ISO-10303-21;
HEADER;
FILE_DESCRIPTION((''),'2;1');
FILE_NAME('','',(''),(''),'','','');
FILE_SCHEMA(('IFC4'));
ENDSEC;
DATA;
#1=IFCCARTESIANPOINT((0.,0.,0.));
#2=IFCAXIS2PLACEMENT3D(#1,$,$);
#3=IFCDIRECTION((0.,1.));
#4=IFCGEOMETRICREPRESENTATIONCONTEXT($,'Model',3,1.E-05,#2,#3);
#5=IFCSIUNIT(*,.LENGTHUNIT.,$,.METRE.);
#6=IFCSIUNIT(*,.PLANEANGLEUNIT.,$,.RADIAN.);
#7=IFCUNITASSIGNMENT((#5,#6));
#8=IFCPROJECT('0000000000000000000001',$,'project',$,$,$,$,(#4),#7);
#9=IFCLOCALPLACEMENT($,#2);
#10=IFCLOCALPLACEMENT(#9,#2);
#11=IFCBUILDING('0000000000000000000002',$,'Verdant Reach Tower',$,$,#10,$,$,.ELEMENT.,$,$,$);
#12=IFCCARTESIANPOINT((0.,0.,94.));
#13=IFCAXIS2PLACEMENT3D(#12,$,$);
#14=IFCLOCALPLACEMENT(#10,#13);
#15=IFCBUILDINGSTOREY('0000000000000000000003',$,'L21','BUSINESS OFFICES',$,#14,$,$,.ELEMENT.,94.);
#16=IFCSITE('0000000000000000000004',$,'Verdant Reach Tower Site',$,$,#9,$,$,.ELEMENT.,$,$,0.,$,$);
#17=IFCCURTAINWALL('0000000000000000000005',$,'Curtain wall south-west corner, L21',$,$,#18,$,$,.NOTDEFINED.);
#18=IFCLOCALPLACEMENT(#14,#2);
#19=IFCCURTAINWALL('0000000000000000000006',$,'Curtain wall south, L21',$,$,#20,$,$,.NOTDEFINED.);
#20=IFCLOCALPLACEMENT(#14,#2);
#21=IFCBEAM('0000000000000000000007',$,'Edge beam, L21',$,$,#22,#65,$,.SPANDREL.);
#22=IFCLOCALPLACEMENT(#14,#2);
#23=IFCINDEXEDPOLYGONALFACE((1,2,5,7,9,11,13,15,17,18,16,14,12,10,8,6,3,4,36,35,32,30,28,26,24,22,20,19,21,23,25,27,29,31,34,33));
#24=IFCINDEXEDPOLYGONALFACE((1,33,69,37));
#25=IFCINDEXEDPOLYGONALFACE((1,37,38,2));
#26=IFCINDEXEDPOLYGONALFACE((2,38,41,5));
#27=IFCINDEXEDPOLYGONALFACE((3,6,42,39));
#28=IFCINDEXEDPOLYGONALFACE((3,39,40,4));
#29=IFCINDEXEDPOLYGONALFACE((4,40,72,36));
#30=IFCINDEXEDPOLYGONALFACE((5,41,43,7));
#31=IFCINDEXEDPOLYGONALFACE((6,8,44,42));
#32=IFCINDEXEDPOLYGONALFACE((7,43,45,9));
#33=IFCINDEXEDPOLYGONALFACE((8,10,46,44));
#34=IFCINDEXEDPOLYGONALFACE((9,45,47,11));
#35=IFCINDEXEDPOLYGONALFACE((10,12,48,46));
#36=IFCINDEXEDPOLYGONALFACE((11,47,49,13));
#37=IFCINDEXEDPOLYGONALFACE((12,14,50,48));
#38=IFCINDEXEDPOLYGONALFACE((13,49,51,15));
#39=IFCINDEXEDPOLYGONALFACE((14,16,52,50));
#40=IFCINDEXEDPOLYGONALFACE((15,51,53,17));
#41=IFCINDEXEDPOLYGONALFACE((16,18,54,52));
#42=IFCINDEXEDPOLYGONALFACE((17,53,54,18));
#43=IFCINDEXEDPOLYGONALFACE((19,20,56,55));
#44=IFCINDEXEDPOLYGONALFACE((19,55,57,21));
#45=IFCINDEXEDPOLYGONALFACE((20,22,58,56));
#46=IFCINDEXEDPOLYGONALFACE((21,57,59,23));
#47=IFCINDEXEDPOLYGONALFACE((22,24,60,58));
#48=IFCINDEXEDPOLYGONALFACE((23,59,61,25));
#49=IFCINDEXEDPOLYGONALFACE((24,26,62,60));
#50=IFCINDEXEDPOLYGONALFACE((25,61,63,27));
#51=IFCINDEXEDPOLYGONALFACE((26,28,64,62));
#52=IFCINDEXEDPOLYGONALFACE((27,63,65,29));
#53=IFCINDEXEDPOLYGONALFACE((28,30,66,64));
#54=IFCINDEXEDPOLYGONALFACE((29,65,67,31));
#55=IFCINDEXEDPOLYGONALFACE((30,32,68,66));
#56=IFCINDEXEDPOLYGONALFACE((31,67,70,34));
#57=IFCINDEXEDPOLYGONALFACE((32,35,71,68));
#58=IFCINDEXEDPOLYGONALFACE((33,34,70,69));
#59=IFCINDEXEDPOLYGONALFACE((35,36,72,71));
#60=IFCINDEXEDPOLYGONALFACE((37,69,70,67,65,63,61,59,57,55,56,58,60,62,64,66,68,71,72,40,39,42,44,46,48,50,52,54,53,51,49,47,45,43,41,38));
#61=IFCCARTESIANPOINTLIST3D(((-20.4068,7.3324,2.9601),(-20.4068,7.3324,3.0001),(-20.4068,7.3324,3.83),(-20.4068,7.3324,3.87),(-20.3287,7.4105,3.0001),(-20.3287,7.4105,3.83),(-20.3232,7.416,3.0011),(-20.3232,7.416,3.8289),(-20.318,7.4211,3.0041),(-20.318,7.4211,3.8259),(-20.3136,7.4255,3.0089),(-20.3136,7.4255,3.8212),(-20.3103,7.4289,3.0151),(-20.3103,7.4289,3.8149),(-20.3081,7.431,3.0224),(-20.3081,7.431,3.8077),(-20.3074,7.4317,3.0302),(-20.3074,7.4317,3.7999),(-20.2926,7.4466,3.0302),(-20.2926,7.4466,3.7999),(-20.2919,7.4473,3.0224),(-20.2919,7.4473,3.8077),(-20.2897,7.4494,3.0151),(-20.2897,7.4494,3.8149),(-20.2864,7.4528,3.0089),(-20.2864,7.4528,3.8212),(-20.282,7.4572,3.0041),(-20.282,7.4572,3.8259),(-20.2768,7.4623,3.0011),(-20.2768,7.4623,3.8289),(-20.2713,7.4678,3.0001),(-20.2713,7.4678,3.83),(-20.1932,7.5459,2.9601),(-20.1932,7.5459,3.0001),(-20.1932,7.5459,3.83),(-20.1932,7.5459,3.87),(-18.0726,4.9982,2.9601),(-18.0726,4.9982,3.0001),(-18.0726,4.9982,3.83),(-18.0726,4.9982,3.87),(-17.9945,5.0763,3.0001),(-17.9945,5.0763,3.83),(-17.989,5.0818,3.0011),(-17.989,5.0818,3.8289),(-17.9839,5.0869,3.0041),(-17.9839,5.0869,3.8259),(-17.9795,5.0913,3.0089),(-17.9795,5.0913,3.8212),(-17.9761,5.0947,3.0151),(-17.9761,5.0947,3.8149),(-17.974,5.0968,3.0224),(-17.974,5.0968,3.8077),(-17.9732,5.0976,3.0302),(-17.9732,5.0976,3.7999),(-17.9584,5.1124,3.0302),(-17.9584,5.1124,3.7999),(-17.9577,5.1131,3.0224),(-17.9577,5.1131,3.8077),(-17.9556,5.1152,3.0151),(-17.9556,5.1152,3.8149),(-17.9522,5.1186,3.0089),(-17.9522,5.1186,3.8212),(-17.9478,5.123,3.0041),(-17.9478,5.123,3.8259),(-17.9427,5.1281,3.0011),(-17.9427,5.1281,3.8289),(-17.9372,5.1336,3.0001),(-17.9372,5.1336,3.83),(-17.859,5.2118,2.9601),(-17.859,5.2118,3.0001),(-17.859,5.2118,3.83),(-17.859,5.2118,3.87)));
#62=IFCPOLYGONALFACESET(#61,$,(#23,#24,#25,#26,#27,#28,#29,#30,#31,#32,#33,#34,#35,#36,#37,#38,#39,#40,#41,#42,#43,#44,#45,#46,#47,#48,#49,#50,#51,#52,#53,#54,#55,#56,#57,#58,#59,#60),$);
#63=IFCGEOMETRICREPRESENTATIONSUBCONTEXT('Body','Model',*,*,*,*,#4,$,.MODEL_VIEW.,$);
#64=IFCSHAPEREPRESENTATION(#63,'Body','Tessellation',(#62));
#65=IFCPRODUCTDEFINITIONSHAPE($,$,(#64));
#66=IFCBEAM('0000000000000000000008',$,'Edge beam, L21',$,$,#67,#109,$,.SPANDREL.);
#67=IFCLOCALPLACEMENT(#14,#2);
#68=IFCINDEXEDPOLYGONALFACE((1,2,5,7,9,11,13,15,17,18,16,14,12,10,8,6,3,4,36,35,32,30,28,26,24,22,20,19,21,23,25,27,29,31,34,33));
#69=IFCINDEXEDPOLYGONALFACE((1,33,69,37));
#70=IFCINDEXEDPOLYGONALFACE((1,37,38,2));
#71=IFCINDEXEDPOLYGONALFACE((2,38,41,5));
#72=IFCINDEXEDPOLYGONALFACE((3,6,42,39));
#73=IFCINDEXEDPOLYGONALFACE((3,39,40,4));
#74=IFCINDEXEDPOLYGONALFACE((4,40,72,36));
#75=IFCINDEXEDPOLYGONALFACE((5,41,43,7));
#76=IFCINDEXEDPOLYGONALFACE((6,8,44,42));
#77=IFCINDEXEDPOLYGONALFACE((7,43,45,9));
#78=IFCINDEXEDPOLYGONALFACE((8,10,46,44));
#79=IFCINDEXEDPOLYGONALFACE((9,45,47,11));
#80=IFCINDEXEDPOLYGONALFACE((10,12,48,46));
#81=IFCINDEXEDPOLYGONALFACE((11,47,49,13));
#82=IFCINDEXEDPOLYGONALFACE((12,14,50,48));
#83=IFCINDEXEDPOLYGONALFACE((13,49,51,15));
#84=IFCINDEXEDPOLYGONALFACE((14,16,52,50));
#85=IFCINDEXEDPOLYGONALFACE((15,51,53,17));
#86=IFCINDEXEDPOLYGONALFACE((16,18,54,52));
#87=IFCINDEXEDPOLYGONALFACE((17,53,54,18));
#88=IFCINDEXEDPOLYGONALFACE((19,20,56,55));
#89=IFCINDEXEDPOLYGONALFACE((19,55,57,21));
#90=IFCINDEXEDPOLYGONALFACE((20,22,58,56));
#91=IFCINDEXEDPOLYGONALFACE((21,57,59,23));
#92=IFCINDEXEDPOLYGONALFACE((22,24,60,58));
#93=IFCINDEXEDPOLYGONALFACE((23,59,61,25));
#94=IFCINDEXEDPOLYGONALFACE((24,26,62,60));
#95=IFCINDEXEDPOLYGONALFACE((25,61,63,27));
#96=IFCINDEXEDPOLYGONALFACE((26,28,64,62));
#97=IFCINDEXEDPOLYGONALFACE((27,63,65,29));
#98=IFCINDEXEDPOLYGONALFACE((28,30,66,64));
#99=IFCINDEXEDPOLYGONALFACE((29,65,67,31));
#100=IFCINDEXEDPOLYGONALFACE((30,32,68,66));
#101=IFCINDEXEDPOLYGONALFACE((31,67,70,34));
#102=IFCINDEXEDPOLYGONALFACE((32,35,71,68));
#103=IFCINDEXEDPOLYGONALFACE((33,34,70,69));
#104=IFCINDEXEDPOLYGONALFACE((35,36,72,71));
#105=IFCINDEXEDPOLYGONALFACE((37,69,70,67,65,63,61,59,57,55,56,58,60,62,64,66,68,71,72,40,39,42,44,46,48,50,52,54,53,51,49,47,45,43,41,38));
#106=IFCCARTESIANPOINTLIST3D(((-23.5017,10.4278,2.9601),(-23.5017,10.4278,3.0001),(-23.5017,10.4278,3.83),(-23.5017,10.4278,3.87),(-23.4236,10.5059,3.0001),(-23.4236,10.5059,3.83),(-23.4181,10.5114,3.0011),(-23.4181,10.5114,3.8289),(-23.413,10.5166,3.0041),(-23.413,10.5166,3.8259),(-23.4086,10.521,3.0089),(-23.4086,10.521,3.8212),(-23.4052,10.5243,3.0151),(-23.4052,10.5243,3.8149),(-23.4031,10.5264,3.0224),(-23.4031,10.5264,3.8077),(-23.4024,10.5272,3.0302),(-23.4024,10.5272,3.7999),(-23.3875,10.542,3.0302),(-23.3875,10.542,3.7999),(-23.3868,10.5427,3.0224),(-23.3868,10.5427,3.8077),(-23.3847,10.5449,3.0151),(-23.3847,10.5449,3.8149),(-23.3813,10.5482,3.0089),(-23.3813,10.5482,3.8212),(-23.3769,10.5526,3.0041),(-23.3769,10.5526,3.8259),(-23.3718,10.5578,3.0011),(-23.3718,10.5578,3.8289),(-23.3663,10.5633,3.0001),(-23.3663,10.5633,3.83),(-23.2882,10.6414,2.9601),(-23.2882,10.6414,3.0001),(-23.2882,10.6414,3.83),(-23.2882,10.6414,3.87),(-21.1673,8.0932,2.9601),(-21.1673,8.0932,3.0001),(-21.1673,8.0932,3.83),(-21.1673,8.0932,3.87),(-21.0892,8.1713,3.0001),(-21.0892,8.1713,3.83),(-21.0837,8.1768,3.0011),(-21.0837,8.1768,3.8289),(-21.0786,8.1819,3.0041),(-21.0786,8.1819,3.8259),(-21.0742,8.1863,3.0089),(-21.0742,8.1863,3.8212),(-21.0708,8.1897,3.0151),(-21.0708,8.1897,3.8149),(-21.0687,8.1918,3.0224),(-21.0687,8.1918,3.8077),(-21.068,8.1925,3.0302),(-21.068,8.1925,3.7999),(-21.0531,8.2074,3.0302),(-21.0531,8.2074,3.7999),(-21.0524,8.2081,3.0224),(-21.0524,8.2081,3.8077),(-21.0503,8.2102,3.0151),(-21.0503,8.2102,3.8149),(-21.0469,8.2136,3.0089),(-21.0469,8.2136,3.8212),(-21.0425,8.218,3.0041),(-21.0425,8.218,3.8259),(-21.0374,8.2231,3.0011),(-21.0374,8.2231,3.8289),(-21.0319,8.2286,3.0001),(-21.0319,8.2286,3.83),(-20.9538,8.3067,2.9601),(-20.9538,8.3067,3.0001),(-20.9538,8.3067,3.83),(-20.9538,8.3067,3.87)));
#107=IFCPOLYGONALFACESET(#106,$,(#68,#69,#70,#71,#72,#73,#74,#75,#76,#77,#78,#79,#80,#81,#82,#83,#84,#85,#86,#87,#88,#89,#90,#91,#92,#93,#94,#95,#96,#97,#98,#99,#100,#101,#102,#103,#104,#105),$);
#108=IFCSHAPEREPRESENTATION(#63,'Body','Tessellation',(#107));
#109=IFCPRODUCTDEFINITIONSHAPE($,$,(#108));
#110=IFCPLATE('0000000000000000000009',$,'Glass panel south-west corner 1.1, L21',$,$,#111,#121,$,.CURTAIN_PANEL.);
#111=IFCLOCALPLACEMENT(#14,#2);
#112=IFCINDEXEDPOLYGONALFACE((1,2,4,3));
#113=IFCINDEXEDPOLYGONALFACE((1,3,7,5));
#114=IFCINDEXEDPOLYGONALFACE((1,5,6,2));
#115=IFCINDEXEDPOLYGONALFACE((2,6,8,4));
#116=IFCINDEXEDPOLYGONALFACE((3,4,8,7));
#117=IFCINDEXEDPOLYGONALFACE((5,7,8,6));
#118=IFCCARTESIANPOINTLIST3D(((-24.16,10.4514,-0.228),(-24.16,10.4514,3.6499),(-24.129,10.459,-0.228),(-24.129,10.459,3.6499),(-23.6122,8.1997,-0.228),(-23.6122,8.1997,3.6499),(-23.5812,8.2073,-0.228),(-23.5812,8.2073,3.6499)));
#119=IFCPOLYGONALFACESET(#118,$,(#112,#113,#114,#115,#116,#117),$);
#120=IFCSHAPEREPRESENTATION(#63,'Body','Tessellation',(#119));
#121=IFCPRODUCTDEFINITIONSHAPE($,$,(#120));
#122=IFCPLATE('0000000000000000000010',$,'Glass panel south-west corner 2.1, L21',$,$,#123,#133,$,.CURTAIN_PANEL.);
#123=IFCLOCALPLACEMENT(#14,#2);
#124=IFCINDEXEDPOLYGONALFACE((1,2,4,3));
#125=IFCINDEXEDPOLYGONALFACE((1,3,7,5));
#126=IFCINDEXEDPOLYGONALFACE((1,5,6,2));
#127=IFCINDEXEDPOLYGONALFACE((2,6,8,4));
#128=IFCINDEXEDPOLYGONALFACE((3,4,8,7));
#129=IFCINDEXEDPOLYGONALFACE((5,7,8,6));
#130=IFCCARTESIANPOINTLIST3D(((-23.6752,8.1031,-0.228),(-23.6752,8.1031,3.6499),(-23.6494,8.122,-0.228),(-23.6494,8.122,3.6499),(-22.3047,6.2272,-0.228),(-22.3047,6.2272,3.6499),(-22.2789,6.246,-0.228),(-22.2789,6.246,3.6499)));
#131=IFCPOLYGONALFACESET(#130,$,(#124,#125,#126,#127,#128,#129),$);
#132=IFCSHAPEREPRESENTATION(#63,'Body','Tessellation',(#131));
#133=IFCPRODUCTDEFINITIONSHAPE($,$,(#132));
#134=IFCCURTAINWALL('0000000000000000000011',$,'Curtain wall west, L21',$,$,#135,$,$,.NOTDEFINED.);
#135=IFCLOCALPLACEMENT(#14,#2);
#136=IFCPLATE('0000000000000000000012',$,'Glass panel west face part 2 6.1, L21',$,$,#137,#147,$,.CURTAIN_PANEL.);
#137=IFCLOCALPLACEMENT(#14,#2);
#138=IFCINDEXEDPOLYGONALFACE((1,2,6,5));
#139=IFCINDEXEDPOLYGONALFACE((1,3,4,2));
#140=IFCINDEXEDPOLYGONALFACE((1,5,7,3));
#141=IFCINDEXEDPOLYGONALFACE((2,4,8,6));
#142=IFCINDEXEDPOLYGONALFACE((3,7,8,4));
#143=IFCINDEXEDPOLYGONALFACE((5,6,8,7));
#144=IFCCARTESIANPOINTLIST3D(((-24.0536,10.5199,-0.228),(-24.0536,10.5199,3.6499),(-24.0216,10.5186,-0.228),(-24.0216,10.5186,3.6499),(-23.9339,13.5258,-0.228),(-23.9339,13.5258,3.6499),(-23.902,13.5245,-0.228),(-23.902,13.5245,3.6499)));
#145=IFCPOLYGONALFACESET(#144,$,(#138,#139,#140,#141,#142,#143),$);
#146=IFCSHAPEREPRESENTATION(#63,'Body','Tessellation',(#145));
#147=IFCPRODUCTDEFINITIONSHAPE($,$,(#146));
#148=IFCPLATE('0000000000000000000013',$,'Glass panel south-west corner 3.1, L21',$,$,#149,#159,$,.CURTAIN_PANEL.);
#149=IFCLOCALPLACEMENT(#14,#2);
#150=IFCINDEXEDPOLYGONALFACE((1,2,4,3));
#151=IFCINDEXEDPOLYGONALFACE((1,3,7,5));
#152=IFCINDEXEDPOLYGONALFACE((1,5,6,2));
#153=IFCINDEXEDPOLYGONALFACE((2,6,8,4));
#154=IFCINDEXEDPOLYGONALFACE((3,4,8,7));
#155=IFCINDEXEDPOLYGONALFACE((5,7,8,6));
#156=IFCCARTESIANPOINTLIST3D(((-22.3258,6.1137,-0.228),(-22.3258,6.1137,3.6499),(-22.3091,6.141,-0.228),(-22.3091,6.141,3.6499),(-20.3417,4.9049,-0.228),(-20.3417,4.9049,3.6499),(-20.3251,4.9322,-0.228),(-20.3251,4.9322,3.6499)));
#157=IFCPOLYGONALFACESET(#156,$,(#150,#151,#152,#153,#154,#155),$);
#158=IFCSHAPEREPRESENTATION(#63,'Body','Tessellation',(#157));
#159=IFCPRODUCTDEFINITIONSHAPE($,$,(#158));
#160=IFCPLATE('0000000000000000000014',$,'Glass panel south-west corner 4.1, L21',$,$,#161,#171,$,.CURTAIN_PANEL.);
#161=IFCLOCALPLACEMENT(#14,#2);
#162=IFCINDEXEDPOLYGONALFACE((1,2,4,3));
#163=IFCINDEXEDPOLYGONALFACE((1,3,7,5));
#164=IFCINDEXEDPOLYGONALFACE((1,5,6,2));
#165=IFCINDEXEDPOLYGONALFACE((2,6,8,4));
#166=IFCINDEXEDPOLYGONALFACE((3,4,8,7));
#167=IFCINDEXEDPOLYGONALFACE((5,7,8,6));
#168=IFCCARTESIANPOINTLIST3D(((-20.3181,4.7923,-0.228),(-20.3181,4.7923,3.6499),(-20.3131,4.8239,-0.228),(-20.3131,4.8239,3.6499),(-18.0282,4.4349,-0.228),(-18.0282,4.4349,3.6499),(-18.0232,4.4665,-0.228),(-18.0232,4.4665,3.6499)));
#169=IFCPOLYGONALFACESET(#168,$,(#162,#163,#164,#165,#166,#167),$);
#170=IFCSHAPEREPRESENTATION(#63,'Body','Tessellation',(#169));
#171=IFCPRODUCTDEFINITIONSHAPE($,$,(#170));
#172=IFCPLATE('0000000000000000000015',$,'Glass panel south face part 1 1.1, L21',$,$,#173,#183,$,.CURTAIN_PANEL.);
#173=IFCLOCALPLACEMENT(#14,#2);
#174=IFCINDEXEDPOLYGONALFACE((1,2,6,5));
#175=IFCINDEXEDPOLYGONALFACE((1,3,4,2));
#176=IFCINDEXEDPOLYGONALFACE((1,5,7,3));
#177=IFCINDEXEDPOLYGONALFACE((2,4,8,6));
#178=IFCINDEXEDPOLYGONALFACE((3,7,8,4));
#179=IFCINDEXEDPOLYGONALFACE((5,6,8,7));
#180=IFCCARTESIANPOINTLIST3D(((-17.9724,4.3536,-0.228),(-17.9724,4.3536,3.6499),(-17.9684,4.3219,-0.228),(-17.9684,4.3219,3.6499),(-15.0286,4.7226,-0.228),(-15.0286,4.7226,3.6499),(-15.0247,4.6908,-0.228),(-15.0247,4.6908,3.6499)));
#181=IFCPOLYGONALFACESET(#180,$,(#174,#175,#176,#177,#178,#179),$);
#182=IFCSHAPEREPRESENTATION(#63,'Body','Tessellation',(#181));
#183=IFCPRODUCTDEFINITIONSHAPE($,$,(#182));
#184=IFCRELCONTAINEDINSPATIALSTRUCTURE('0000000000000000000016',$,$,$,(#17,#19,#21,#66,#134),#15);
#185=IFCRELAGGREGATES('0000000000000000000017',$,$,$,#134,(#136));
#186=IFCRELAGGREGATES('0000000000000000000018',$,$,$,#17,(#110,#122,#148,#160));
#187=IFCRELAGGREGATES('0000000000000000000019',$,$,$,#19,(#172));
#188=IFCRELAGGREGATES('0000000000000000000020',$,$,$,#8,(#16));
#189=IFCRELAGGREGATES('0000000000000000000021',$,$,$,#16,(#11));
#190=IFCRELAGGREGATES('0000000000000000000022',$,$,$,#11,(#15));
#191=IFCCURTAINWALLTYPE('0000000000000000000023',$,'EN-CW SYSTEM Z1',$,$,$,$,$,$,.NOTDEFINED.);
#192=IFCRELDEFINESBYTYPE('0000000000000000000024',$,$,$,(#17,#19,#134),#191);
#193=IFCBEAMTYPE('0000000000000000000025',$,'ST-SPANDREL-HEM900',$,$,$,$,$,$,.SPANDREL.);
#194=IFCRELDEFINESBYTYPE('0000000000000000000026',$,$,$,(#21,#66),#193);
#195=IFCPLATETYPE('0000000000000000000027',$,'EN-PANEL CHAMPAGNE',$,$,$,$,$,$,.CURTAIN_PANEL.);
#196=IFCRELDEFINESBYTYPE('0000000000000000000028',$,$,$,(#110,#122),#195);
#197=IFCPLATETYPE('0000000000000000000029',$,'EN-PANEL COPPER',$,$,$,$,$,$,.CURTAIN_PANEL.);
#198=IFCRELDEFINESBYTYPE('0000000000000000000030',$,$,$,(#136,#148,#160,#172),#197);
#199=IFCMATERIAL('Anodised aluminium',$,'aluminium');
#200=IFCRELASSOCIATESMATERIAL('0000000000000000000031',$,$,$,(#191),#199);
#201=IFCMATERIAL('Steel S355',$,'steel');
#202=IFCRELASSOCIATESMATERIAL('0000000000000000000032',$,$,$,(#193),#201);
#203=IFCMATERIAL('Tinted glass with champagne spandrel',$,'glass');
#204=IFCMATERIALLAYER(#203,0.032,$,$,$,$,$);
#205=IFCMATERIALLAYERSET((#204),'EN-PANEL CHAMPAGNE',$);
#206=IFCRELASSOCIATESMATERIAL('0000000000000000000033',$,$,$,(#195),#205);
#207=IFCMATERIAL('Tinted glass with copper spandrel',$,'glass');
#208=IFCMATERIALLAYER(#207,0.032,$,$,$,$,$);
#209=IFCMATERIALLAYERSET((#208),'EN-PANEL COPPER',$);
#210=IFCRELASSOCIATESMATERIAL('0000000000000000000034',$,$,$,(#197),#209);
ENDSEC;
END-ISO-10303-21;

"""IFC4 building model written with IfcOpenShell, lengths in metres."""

from ifc_helpers import new_model, si_unit, direction, frame, origin, origin_2d, place, context, subcontext, project, spatial, rectangle, i_section, extrude, material, layer, layer_set, material_profile, profile_set, type_object, element, aggregate, save


model = new_model("IFC4")

# Units and contexts
model_context = context("Model", 3, precision=1e-05, world=origin(), true_north=direction((0.0, 1.0)))
body_context = subcontext(model_context, "Body", "Model", "MODEL_VIEW")
ifc_project = project(units=[si_unit("LENGTHUNIT", "METRE"), si_unit("PLANEANGLEUNIT", "RADIAN")], contexts=[model_context])

# Site, building, storey
site_placement = place(None, origin())
site = spatial("IfcSite", under=ifc_project, at=site_placement, Name="Verdant Reach Tower Site", CompositionType="ELEMENT", RefElevation=0.0)
building_placement = place(site_placement, origin())
building = spatial("IfcBuilding", under=site, at=building_placement, Name="Verdant Reach Tower", CompositionType="ELEMENT")
storey_placement = place(building_placement, frame((0.0, 0.0, 94.0)))
storey = spatial("IfcBuildingStorey", under=building, at=storey_placement, Name="L21", Description="BUSINESS OFFICES", CompositionType="ELEMENT", Elevation=94.0)

# Curtain walls
ifc_material_1 = material(Name="Anodised aluminium", Category="aluminium")
curtain_wall_type = type_object("IfcCurtainWallType", Name="EN-CW SYSTEM Z1", PredefinedType="NOTDEFINED", material=ifc_material_1)
curtain_wall_1_placement = place(storey_placement, origin())
curtain_wall_1 = element("IfcCurtainWall", 1, at=curtain_wall_1_placement, inside=storey, type_object=curtain_wall_type, Name="Curtain wall south-west corner, L21", PredefinedType="NOTDEFINED")
curtain_wall_2_placement = place(storey_placement, origin())
curtain_wall_2 = element("IfcCurtainWall", 2, at=curtain_wall_2_placement, inside=storey, type_object=curtain_wall_type, Name="Curtain wall south, L21", PredefinedType="NOTDEFINED")

# Beams
ifc_material_2 = material(Name="Steel S355", Category="steel")
ifc_material_profile_1 = material_profile(ifc_material_2, i_section(OverallWidth=0.302, OverallDepth=0.9099, WebThickness=0.021, FlangeThickness=0.04, FilletRadius=0.03, at=origin_2d()), Name="HEM 900")
ifc_profile_set_1 = profile_set([ifc_material_profile_1], Name="Steel S355")
beam_type_1 = type_object("IfcBeamType", Name="ST-SPANDREL-HEM900", PredefinedType="SPANDREL", material=ifc_profile_set_1)
beam_1_placement = place(storey_placement, frame((-17.9658, 5.105, 3.415), z_axis=(-0.707107, 0.707107, 0.0), x_axis=(-0.707107, -0.707107, 0.0)))
element("IfcBeam", 3, at=beam_1_placement, inside=storey, type_object=beam_type_1, Name="Edge beam, L21", PredefinedType="SPANDREL", context=body_context, shape_type="SweptSolid", body=[
    extrude(i_section(OverallWidth=0.302, OverallDepth=0.9099, WebThickness=0.021, FlangeThickness=0.04, FilletRadius=0.03, at=origin_2d()), origin(), (0.0, 0.0, 1.0), 3.301),
])
beam_2_placement = place(storey_placement, frame((-21.0605, 8.2, 3.415), z_axis=(-0.70707, 0.707144, 0.0), x_axis=(-0.707144, -0.70707, 0.0)))
element("IfcBeam", 4, at=beam_2_placement, inside=storey, type_object=beam_type_1, Name="Edge beam, L21", PredefinedType="SPANDREL", context=body_context, shape_type="SweptSolid", body=[
    extrude(i_section(OverallWidth=0.302, OverallDepth=0.9099, WebThickness=0.021, FlangeThickness=0.04, FilletRadius=0.03, at=origin_2d()), origin(), (0.0, 0.0, 1.0), 3.3015),
])

# Plates
ifc_material_3 = material(Name="Tinted glass with champagne spandrel", Category="glass")
ifc_layer_1 = layer(ifc_material_3, 0.032)
ifc_layer_set_1 = layer_set([ifc_layer_1], Name="EN-PANEL CHAMPAGNE")
plate_type_1 = type_object("IfcPlateType", Name="EN-PANEL CHAMPAGNE", PredefinedType="CURTAIN_PANEL", material=ifc_layer_set_1)
plate_1_placement = place(storey_placement, frame((-23.8706, 9.3293, -0.228), z_axis=(0.0, 0.0, 1.0), x_axis=(0.236383, -0.97166, 0.0)))
plate_1 = element("IfcPlate", 5, at=plate_1_placement, type_object=plate_type_1, Name="Glass panel south-west corner 1.1, L21", PredefinedType="CURTAIN_PANEL", context=body_context, shape_type="SweptSolid", body=[
    extrude(rectangle(XDim=2.3174, YDim=0.032, at=origin_2d()), origin(), (0.0, 0.0, 1.0), 3.8779),
])
plate_2_placement = place(storey_placement, frame((-22.9771, 7.1746, -0.228), z_axis=(0.0, 0.0, 1.0), x_axis=(0.589927, -0.807457, 0.0)))
plate_2 = element("IfcPlate", 6, at=plate_2_placement, type_object=plate_type_1, Name="Glass panel south-west corner 2.1, L21", PredefinedType="CURTAIN_PANEL", context=body_context, shape_type="SweptSolid", body=[
    extrude(rectangle(XDim=2.3232, YDim=0.032, at=origin_2d()), origin(), (0.0, 0.0, 1.0), 3.8779),
])

# Curtain wall, plate
curtain_wall_3_placement = place(storey_placement, origin())
curtain_wall_3 = element("IfcCurtainWall", 7, at=curtain_wall_3_placement, inside=storey, type_object=curtain_wall_type, Name="Curtain wall west, L21", PredefinedType="NOTDEFINED")
ifc_material_4 = material(Name="Tinted glass with copper spandrel", Category="glass")
ifc_layer_2 = layer(ifc_material_4, 0.032)
ifc_layer_set_2 = layer_set([ifc_layer_2], Name="EN-PANEL COPPER")
plate_type_2 = type_object("IfcPlateType", Name="EN-PANEL COPPER", PredefinedType="CURTAIN_PANEL", material=ifc_layer_set_2)
plate_3_placement = place(storey_placement, frame((-23.9778, 12.0222, -0.228), z_axis=(0.0, 0.0, 1.0), x_axis=(-0.039784, -0.999208, 0.0)))
plate_3 = element("IfcPlate", 8, at=plate_3_placement, type_object=plate_type_2, Name="Glass panel west face part 2 6.1, L21", PredefinedType="CURTAIN_PANEL", context=body_context, shape_type="SweptSolid", body=[
    extrude(rectangle(XDim=3.0083, YDim=0.032, at=origin_2d()), origin(), (0.0, 0.0, 1.0), 3.8779),
])
aggregate(curtain_wall_3, [plate_3])

# Plates
plate_4_placement = place(storey_placement, frame((-21.3254, 5.5229, -0.228), z_axis=(0.0, 0.0, 1.0), x_axis=(0.853989, -0.520292, 0.0)))
plate_4 = element("IfcPlate", 9, at=plate_4_placement, type_object=plate_type_2, Name="Glass panel south-west corner 3.1, L21", PredefinedType="CURTAIN_PANEL", context=body_context, shape_type="SweptSolid", body=[
    extrude(rectangle(XDim=2.3232, YDim=0.032, at=origin_2d()), origin(), (0.0, 0.0, 1.0), 3.8779),
])
plate_5_placement = place(storey_placement, frame((-19.1707, 4.6294, -0.228), z_axis=(0.0, 0.0, 1.0), x_axis=(0.988033, -0.154245, 0.0)))
plate_5 = element("IfcPlate", 10, at=plate_5_placement, type_object=plate_type_2, Name="Glass panel south-west corner 4.1, L21", PredefinedType="CURTAIN_PANEL", context=body_context, shape_type="SweptSolid", body=[
    extrude(rectangle(XDim=2.3176, YDim=0.032, at=origin_2d()), origin(), (0.0, 0.0, 1.0), 3.8779),
])
aggregate(curtain_wall_1, [plate_1, plate_2, plate_4, plate_5])
plate_6_placement = place(storey_placement, frame((-16.4985, 4.5222, -0.228), z_axis=(0.0, 0.0, 1.0), x_axis=(0.992235, 0.124374, 0.0)))
plate_6 = element("IfcPlate", 11, at=plate_6_placement, type_object=plate_type_2, Name="Glass panel south face part 1 1.1, L21", PredefinedType="CURTAIN_PANEL", context=body_context, shape_type="SweptSolid", body=[
    extrude(rectangle(XDim=2.9668, YDim=0.032, at=origin_2d()), origin(), (0.0, 0.0, 1.0), 3.8779),
])
aggregate(curtain_wall_2, [plate_6])

save(model, "model.ifc")
